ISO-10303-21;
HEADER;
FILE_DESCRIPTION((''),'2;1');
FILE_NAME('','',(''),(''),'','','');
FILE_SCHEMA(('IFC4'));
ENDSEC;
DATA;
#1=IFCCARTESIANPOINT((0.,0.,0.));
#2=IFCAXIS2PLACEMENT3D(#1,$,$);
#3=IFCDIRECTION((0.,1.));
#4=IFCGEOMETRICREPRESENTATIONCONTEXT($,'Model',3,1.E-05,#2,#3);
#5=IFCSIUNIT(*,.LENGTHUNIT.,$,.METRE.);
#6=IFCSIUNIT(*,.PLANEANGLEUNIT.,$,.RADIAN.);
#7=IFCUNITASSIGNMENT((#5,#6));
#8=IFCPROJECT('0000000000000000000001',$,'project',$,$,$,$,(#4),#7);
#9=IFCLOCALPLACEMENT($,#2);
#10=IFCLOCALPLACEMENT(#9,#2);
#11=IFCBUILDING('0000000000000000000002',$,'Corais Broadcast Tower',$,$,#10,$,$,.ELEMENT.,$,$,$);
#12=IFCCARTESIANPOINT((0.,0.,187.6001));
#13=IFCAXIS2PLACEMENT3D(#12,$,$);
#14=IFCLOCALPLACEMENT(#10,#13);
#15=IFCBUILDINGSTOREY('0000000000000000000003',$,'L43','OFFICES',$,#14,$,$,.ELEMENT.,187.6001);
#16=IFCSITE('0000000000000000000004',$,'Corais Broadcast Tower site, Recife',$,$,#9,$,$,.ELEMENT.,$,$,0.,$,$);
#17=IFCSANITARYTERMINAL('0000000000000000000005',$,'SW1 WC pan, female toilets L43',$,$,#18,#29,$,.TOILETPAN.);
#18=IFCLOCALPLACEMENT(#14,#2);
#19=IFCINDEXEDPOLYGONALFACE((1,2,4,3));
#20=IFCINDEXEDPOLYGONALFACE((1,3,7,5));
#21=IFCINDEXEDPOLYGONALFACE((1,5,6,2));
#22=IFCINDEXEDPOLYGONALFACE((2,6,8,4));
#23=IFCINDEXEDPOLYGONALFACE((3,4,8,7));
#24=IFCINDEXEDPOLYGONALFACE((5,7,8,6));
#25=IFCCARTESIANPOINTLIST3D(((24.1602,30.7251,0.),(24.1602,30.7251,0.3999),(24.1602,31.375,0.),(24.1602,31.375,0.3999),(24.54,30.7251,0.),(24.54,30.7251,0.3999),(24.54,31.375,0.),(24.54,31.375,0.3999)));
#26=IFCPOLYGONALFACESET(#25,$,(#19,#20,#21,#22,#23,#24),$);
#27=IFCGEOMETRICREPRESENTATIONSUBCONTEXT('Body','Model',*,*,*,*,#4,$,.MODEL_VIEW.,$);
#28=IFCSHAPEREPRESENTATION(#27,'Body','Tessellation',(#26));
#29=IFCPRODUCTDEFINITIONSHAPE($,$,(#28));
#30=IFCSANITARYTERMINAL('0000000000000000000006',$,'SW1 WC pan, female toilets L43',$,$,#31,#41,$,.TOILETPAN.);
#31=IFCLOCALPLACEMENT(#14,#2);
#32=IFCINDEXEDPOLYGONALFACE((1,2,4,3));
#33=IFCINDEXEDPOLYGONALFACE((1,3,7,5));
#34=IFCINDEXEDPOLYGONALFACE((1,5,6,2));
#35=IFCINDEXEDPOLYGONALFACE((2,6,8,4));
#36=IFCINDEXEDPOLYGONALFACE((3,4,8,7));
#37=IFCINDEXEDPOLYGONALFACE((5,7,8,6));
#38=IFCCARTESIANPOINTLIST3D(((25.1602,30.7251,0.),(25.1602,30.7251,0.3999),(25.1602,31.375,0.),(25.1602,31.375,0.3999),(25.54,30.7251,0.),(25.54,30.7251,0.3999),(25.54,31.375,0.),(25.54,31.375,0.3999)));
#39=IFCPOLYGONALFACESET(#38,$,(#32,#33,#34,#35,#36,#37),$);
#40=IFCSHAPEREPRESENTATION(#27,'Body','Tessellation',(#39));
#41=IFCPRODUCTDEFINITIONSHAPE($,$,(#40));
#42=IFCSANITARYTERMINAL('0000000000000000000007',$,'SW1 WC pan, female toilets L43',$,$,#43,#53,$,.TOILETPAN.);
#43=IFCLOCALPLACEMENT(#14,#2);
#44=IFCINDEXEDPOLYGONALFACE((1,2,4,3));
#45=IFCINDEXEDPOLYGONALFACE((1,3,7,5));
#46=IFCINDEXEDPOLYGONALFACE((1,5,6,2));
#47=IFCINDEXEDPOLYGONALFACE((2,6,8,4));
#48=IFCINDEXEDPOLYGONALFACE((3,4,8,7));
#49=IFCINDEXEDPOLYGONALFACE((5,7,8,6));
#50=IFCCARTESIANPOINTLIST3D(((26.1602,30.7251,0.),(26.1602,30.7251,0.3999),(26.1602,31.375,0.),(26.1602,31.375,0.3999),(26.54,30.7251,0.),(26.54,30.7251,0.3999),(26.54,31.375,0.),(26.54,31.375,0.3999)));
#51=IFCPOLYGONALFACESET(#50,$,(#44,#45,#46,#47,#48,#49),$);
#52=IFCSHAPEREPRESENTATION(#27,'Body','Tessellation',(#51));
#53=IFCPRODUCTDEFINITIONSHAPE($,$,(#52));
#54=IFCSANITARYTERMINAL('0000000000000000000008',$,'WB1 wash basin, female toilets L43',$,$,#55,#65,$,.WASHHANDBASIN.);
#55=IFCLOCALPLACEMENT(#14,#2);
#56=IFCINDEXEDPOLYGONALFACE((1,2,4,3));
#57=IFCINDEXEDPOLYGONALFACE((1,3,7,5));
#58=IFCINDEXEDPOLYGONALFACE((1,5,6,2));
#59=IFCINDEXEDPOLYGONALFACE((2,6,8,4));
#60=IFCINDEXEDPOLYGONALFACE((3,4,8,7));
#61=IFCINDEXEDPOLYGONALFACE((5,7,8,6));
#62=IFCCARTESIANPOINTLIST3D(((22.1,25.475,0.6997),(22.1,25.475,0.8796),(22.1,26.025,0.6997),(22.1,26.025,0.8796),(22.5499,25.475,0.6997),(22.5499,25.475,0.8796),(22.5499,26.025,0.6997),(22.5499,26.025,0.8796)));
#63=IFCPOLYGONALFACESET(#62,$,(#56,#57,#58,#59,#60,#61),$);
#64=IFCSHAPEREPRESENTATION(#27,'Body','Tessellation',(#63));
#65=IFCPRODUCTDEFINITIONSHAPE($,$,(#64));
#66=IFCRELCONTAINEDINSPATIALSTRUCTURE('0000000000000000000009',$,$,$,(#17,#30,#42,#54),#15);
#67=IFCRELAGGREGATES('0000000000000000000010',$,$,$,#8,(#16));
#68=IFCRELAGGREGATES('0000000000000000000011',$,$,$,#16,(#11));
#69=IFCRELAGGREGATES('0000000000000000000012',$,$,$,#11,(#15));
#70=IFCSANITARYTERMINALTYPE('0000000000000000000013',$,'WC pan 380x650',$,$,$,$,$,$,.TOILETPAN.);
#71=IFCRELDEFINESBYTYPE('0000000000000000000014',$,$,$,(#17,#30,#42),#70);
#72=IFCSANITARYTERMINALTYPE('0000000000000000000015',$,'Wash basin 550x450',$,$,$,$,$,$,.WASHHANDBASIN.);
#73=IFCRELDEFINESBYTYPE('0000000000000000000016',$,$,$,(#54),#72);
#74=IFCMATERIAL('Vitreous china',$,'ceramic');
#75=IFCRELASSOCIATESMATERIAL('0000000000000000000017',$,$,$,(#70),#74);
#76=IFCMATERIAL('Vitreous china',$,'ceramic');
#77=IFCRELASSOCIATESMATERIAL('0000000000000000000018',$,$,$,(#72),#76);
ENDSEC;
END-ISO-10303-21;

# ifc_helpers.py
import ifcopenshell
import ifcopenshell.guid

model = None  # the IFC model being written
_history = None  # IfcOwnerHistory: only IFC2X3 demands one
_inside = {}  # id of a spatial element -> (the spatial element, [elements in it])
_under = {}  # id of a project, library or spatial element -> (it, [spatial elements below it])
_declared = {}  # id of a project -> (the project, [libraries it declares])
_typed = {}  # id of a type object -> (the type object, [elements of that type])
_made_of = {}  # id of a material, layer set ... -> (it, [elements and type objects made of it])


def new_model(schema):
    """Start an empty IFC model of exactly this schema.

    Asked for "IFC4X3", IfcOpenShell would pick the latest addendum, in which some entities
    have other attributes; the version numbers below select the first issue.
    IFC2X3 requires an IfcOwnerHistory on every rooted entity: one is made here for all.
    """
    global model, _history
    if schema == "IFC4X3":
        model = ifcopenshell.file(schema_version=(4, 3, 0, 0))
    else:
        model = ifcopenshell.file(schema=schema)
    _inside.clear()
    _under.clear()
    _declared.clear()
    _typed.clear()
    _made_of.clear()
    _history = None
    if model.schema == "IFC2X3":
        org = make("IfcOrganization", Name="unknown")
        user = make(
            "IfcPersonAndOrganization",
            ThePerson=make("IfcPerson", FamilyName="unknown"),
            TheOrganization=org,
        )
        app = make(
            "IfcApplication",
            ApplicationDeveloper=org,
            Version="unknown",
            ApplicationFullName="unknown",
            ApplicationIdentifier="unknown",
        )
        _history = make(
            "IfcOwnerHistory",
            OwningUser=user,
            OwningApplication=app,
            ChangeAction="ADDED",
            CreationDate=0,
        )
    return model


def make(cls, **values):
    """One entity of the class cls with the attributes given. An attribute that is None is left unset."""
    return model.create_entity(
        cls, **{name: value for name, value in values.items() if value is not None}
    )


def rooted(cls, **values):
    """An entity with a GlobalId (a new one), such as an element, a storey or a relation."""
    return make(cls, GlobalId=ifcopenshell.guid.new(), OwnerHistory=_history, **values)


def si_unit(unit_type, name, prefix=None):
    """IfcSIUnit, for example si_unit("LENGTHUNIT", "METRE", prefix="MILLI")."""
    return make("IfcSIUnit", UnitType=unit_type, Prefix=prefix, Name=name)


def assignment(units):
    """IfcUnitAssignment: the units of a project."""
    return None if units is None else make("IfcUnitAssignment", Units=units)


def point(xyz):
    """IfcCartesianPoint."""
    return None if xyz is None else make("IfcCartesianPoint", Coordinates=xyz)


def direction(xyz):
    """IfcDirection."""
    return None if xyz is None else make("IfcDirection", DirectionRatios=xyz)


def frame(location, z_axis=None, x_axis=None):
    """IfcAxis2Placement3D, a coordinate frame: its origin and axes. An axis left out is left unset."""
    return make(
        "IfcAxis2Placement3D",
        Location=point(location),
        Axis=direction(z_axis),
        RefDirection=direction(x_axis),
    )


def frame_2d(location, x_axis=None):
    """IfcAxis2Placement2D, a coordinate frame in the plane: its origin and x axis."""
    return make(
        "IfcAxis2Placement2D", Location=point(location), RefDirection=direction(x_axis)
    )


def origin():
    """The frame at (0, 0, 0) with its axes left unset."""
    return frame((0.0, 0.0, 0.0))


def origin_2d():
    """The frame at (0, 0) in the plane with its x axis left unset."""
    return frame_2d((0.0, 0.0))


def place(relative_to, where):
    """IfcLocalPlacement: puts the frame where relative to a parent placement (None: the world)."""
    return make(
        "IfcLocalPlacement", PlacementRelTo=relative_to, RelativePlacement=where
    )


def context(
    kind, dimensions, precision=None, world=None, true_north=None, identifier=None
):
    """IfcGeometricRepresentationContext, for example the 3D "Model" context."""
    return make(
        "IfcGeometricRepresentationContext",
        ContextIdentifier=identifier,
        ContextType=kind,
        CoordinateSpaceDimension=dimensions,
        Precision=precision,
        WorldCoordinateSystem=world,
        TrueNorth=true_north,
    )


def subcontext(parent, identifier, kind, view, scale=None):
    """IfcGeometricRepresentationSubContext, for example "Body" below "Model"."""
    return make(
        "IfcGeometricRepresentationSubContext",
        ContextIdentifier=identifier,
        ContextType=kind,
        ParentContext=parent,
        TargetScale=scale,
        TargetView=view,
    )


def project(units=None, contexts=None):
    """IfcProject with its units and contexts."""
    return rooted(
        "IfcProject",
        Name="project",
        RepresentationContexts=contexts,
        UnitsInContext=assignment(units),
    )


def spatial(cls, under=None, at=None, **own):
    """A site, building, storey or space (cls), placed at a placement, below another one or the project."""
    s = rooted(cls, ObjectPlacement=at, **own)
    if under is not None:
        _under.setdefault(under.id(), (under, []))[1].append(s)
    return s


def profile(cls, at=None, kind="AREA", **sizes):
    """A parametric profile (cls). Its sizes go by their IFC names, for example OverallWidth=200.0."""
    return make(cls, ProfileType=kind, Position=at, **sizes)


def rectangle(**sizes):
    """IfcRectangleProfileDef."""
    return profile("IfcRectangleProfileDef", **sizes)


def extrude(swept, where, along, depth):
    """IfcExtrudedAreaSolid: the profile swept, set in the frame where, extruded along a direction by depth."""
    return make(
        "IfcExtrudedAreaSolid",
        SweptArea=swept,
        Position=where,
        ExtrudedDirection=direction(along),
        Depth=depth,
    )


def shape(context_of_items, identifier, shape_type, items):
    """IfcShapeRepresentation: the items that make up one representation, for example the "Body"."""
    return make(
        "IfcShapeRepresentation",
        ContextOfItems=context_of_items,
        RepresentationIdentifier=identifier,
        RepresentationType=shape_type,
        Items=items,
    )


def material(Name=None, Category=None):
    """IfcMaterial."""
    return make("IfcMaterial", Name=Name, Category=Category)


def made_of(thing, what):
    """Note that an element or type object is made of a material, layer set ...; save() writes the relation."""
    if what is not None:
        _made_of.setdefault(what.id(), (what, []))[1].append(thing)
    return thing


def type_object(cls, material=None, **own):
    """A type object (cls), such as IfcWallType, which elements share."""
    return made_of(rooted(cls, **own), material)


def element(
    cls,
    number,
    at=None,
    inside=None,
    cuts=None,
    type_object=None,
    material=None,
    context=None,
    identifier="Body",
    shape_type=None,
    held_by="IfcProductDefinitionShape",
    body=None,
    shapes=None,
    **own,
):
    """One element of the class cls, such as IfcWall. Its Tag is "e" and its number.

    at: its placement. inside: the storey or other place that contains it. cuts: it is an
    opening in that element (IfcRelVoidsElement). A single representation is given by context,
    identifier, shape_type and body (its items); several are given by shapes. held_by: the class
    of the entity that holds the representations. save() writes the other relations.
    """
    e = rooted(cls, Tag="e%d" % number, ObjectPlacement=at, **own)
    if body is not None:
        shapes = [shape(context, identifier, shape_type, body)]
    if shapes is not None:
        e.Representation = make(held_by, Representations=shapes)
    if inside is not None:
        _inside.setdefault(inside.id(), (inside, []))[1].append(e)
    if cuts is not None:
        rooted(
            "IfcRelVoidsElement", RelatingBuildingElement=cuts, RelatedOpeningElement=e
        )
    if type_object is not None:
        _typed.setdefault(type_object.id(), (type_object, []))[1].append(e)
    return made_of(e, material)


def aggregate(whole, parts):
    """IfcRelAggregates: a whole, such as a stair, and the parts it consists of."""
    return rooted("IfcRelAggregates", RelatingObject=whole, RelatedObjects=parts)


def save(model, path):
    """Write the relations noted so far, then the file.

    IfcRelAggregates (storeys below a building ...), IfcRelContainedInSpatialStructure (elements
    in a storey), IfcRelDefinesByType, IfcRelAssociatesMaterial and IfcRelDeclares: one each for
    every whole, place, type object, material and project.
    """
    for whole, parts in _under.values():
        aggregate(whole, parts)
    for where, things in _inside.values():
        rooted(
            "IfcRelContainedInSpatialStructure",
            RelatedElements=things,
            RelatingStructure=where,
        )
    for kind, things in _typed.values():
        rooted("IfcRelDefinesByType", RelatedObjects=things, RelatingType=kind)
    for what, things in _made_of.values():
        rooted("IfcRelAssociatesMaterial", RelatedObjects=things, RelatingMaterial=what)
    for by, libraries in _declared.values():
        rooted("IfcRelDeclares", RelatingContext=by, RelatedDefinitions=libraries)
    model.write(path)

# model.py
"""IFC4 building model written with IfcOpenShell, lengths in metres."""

from ifc_helpers import new_model, si_unit, direction, frame, origin, origin_2d, place, context, subcontext, project, spatial, rectangle, extrude, material, type_object, element, save


model = new_model("IFC4")

# Units and contexts
model_context = context("Model", 3, precision=1e-05, world=origin(), true_north=direction((0.0, 1.0)))
body_context = subcontext(model_context, "Body", "Model", "MODEL_VIEW")
ifc_project = project(units=[si_unit("LENGTHUNIT", "METRE"), si_unit("PLANEANGLEUNIT", "RADIAN")], contexts=[model_context])

# Site, building, storey
site_placement = place(None, origin())
site = spatial("IfcSite", under=ifc_project, at=site_placement, Name="Corais Broadcast Tower site, Recife", CompositionType="ELEMENT", RefElevation=0.0)
building_placement = place(site_placement, origin())
building = spatial("IfcBuilding", under=site, at=building_placement, Name="Corais Broadcast Tower", CompositionType="ELEMENT")
storey_placement = place(building_placement, frame((0.0, 0.0, 187.6001)))
storey = spatial("IfcBuildingStorey", under=building, at=storey_placement, Name="L43", Description="OFFICES", CompositionType="ELEMENT", Elevation=187.6001)

# Sanitary terminals
ifc_material_1 = material(Name="Vitreous china", Category="ceramic")
sanitary_terminal_type_1 = type_object("IfcSanitaryTerminalType", Name="WC pan 380x650", PredefinedType="TOILETPAN", material=ifc_material_1)
for number, where, z_axis, x_axis, name in (
    (1, (24.3501, 31.05, 0.0), (0.0, 0.0, 1.0), (1.0, 0.0, 0.0), "SW1 WC pan, female toilets L43"),
    (2, (25.3501, 31.05, 0.0), (0.0, 0.0, 1.0), (1.0, 0.0, 0.0), "SW1 WC pan, female toilets L43"),
    (3, (26.3501, 31.05, 0.0), (0.0, 0.0, 1.0), (1.0, 0.0, 0.0), "SW1 WC pan, female toilets L43"),
):
    element("IfcSanitaryTerminal", number, at=place(storey_placement, frame(where, z_axis=z_axis, x_axis=x_axis)), inside=storey, type_object=sanitary_terminal_type_1, Name=name, PredefinedType="TOILETPAN", context=body_context, shape_type="SweptSolid", body=[
        extrude(rectangle(XDim=0.3799, YDim=0.6499, at=origin_2d()), origin(), (0.0, 0.0, 1.0), 0.3999),
    ])
ifc_material_2 = material(Name="Vitreous china", Category="ceramic")
sanitary_terminal_type_2 = type_object("IfcSanitaryTerminalType", Name="Wash basin 550x450", PredefinedType="WASHHANDBASIN", material=ifc_material_2)
sanitary_terminal_placement = place(storey_placement, frame((22.325, 25.75, 0.6997), z_axis=(0.0, 0.0, 1.0), x_axis=(1.0, 0.0, 0.0)))
element("IfcSanitaryTerminal", 4, at=sanitary_terminal_placement, inside=storey, type_object=sanitary_terminal_type_2, Name="WB1 wash basin, female toilets L43", PredefinedType="WASHHANDBASIN", context=body_context, shape_type="SweptSolid", body=[
    extrude(rectangle(XDim=0.45, YDim=0.55, at=origin_2d()), origin(), (0.0, 0.0, 1.0), 0.1799),
])

save(model, "model.ifc")
